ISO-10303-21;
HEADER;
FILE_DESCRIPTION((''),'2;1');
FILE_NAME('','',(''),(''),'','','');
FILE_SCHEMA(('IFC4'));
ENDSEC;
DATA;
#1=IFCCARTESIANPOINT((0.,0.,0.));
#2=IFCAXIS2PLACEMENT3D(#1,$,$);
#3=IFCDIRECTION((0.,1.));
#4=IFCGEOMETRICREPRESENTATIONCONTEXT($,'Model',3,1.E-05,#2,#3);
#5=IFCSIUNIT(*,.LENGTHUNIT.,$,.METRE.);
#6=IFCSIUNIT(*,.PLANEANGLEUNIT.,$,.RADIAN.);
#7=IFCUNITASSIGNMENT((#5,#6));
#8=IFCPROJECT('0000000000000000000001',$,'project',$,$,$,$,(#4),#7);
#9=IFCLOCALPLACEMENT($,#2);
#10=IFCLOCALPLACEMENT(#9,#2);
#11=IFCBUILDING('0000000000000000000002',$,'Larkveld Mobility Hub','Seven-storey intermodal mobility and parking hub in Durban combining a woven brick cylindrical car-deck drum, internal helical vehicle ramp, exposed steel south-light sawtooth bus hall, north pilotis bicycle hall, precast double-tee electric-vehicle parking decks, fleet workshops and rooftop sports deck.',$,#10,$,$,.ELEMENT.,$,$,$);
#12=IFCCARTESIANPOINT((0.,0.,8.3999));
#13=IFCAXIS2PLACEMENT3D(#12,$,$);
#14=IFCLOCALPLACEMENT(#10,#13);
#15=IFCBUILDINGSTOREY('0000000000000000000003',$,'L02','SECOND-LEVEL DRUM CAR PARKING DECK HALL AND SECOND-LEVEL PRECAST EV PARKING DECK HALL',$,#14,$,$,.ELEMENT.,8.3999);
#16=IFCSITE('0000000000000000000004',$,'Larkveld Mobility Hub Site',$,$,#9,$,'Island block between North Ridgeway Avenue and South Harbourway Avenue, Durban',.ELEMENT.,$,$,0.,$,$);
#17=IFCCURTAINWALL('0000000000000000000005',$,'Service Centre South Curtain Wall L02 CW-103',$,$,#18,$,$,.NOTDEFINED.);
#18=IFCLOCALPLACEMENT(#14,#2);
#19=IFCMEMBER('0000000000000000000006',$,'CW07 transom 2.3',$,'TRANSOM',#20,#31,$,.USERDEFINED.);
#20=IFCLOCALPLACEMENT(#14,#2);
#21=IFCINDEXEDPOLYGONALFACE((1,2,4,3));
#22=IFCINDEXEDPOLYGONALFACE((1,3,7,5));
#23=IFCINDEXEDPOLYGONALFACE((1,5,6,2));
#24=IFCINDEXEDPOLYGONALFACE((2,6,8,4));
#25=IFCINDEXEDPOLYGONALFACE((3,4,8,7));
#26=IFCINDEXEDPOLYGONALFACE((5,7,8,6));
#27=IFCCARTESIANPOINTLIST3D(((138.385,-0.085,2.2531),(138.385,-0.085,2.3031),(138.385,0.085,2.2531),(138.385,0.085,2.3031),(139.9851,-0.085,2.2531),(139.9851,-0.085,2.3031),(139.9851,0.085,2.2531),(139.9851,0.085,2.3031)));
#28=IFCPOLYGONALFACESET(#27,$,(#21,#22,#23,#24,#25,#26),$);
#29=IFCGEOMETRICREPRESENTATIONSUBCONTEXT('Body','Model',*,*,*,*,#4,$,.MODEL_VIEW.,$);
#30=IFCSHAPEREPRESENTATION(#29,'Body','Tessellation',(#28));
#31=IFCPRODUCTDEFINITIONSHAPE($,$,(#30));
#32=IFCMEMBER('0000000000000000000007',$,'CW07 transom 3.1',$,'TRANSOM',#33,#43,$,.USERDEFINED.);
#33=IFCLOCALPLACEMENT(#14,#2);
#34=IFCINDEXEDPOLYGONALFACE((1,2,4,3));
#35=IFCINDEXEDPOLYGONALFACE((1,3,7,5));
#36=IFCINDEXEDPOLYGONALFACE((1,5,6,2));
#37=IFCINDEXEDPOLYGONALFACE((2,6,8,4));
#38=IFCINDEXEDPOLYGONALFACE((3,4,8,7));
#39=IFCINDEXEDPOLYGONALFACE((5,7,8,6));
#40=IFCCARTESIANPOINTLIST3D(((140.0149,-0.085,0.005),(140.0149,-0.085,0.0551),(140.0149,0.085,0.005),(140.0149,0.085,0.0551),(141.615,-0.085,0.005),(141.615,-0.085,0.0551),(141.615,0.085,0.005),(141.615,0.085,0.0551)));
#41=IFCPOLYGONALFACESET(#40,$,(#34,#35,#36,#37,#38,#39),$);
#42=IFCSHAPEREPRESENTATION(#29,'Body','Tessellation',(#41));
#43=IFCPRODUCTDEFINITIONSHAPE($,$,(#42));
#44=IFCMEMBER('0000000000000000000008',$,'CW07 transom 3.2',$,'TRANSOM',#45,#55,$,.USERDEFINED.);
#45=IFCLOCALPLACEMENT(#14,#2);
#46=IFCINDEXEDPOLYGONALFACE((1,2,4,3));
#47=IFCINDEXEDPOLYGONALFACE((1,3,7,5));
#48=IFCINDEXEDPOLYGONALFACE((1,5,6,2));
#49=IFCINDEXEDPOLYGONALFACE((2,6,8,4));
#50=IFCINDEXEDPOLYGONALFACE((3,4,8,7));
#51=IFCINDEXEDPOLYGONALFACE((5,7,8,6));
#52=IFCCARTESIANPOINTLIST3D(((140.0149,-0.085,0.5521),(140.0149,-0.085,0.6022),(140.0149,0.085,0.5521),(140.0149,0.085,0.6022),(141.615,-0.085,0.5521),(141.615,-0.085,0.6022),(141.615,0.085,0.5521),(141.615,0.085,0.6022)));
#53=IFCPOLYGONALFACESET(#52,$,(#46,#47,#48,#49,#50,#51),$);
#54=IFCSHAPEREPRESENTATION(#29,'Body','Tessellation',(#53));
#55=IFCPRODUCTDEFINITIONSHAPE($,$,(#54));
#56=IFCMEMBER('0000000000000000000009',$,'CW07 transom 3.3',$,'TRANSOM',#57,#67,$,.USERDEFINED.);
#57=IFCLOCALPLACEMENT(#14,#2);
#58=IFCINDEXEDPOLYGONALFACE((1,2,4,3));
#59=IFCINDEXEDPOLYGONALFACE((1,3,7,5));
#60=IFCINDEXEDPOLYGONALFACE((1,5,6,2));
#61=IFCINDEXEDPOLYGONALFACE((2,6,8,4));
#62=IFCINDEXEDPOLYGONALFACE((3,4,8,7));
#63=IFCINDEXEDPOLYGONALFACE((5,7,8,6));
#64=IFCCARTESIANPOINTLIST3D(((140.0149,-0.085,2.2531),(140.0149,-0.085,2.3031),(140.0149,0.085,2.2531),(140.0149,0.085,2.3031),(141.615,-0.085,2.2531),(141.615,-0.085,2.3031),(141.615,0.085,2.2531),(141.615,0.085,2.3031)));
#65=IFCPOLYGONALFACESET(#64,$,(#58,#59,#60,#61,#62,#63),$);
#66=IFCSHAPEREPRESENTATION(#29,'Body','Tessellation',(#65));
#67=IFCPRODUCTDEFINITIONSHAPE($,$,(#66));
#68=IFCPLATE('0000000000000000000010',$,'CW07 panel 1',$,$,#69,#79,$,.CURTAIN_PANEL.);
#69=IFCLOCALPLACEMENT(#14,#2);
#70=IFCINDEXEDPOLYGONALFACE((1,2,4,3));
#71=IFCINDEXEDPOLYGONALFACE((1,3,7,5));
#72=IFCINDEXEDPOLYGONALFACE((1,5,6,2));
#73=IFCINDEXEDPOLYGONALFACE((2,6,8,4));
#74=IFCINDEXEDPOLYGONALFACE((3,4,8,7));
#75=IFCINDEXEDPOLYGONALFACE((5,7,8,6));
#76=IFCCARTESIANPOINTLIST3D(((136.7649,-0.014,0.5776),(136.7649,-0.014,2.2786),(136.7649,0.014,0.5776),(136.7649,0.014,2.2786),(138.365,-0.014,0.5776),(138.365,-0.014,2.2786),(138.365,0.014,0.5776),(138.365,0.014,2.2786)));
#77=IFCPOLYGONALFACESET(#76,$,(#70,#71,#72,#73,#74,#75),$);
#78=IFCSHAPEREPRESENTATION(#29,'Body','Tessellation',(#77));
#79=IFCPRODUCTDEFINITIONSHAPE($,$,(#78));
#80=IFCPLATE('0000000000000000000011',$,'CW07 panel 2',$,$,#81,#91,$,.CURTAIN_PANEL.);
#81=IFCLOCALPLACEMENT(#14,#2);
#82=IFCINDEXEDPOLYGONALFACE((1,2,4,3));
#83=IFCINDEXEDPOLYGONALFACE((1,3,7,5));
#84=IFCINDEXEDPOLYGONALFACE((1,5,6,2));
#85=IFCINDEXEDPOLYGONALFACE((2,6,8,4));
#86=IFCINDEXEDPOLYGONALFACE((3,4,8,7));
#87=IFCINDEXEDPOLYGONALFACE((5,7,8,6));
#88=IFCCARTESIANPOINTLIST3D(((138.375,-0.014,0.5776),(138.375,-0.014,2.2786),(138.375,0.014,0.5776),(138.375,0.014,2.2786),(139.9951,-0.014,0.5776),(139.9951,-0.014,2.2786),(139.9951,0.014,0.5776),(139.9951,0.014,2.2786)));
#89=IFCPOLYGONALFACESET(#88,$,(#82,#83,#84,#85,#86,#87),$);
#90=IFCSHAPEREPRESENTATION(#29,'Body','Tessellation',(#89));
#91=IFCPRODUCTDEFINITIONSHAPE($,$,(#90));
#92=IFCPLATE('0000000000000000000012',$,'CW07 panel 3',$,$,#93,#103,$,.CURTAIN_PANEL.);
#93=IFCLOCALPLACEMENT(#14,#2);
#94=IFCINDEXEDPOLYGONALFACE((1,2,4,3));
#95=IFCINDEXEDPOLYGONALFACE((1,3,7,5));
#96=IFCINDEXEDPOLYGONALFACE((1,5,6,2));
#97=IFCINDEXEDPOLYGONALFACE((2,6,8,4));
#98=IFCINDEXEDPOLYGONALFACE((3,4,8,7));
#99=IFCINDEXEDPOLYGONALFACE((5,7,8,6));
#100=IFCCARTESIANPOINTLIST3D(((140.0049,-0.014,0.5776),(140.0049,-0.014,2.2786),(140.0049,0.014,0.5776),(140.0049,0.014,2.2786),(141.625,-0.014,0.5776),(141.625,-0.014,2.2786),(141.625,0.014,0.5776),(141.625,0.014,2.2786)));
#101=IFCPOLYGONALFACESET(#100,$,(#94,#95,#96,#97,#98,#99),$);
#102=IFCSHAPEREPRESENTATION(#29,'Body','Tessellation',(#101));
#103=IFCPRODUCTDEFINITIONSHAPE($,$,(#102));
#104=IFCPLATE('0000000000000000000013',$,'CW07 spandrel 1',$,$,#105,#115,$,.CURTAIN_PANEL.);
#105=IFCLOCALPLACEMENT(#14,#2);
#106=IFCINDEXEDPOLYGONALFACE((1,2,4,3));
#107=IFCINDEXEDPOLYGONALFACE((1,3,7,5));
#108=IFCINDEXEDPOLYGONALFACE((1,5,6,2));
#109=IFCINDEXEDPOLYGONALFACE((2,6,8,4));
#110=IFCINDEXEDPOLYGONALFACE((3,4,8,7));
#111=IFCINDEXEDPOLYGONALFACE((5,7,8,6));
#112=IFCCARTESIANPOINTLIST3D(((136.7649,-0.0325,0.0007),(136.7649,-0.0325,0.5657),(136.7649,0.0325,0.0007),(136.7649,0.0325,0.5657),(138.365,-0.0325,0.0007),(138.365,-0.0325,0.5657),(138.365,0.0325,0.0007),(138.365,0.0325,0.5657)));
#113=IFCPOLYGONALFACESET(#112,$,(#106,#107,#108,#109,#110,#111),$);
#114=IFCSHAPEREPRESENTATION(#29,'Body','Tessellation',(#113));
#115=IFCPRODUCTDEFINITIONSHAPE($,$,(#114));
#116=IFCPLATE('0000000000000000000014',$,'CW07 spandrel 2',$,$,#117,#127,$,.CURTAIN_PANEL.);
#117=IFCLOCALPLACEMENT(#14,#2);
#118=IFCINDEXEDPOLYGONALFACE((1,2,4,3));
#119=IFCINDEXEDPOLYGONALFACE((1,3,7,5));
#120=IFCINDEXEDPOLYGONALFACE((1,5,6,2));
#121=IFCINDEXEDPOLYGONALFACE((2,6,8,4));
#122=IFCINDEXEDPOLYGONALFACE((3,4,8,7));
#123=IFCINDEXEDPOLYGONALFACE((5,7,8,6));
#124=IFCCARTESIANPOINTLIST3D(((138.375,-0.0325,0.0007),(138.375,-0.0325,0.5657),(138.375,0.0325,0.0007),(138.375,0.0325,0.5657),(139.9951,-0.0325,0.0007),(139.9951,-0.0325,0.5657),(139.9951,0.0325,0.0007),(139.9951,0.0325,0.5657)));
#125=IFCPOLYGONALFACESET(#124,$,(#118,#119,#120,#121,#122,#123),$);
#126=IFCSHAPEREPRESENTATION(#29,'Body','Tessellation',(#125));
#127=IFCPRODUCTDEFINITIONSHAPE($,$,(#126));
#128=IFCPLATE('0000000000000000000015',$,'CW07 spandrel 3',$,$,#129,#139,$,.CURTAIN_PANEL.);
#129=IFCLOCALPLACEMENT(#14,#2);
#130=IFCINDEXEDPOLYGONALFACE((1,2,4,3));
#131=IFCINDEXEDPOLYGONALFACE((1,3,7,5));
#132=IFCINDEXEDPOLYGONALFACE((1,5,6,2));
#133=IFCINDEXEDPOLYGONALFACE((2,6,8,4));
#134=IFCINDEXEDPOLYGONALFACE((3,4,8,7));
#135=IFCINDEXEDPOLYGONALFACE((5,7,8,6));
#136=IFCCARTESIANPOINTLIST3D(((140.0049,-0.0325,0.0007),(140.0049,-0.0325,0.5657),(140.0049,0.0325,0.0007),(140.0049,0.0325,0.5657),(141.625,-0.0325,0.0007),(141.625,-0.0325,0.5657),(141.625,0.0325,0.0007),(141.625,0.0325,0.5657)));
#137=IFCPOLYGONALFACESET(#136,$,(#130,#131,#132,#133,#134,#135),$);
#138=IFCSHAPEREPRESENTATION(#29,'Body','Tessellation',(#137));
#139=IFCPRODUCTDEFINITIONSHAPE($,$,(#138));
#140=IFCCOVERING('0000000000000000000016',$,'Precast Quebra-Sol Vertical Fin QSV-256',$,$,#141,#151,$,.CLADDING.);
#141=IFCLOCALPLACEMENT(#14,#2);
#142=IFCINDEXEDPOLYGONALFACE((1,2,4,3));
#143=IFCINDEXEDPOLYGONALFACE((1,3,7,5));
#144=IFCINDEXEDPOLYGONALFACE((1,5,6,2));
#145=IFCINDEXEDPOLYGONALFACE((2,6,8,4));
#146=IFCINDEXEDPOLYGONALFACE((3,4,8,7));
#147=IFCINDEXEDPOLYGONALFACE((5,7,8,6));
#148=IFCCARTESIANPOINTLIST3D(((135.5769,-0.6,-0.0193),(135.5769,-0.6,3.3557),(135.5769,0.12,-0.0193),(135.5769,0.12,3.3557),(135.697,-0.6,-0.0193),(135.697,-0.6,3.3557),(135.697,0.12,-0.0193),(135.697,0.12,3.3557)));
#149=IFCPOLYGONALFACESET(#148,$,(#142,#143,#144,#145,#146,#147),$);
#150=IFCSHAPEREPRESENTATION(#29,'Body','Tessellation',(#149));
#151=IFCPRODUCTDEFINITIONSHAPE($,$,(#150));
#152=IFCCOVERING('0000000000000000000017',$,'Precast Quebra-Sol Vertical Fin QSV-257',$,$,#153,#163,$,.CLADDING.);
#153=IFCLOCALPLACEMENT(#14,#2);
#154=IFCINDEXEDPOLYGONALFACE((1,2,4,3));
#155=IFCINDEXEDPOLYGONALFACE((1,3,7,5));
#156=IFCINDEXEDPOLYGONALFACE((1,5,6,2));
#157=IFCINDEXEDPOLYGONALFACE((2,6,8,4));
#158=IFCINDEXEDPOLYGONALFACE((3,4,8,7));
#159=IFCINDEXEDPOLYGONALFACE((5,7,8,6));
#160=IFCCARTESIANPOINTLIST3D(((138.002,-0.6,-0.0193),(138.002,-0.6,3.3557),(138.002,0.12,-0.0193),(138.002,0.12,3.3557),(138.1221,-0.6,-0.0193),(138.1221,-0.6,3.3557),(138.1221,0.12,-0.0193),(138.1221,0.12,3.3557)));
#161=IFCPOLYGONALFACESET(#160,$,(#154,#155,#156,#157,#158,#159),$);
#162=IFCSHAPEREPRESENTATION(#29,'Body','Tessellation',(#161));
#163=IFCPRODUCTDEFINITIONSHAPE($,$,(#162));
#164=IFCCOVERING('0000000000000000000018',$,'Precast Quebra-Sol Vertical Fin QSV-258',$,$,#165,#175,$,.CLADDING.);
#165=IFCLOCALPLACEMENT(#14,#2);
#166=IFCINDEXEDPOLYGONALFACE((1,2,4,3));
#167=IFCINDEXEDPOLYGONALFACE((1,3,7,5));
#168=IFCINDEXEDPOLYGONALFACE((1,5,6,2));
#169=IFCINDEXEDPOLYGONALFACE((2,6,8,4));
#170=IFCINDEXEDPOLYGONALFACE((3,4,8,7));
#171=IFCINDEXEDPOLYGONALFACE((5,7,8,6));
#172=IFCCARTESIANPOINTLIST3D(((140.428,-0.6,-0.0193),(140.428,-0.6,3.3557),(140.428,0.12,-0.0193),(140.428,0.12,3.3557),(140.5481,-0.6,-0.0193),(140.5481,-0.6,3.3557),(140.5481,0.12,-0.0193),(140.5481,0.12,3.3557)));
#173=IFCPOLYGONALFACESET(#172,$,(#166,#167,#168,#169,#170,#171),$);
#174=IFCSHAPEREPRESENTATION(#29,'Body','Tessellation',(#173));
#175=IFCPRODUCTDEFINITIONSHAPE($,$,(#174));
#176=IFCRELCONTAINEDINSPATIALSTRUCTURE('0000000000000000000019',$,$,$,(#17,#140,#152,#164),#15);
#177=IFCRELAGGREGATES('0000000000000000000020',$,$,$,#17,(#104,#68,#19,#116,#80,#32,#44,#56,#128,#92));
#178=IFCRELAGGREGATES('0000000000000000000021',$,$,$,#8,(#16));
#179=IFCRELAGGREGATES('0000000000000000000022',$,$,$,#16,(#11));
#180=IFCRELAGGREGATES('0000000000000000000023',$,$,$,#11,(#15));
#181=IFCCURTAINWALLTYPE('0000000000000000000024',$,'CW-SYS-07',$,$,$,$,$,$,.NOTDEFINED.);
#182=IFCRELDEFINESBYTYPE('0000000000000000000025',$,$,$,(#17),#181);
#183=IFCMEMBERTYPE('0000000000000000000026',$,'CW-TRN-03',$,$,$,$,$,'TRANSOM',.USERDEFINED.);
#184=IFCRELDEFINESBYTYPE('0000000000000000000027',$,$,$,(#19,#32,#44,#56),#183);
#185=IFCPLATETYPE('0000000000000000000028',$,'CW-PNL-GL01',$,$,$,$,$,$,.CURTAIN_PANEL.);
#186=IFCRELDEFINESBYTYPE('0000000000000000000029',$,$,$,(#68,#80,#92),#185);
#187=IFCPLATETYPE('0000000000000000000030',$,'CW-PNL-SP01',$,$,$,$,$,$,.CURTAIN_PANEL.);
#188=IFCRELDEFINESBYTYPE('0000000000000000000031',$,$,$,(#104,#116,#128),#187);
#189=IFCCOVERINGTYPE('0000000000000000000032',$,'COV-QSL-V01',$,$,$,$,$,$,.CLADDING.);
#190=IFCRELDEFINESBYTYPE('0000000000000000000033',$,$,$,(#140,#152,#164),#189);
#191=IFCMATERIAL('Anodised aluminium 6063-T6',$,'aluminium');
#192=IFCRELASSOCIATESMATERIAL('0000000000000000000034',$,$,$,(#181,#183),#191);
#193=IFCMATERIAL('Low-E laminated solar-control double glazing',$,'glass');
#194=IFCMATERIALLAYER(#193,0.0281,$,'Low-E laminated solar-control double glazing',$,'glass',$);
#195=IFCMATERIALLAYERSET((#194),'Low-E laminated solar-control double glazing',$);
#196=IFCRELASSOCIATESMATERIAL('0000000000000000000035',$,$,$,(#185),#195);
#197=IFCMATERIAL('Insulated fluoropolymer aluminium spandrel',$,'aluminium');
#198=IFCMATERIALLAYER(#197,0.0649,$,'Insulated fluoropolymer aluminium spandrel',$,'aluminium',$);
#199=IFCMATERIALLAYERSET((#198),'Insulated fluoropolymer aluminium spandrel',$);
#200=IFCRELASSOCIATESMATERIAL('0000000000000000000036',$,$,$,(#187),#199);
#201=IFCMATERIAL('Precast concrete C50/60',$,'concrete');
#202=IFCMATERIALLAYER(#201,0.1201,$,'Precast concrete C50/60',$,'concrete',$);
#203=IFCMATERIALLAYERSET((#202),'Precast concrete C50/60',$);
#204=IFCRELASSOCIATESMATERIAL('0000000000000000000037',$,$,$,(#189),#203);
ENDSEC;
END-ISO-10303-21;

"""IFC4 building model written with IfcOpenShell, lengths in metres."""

from ifc_helpers import new_model, si_unit, direction, frame, origin, origin_2d, place, context, subcontext, project, spatial, rectangle, extrude, material, layer, layer_set, material_profile, profile_set, type_object, element, aggregate, save


model = new_model("IFC4")

# Units and contexts
model_context = context("Model", 3, precision=1e-05, world=origin(), true_north=direction((0.0, 1.0)))
body_context = subcontext(model_context, "Body", "Model", "MODEL_VIEW")
ifc_project = project(units=[si_unit("LENGTHUNIT", "METRE"), si_unit("PLANEANGLEUNIT", "RADIAN")], contexts=[model_context])

# Site, building, storey
site_placement = place(None, origin())
site = spatial("IfcSite", under=ifc_project, at=site_placement, Name="Larkveld Mobility Hub Site", LongName="Island block between North Ridgeway Avenue and South Harbourway Avenue, Durban", CompositionType="ELEMENT", RefElevation=0.0)
building_placement = place(site_placement, origin())
building = spatial("IfcBuilding", under=site, at=building_placement, Name="Larkveld Mobility Hub", Description="Seven-storey intermodal mobility and parking hub in Durban combining a woven brick cylindrical car-deck drum, internal helical vehicle ramp, exposed steel south-light sawtooth bus hall, north pilotis bicycle hall, precast double-tee electric-vehicle parking decks, fleet workshops and rooftop sports deck.", CompositionType="ELEMENT")
storey_placement = place(building_placement, frame((0.0, 0.0, 8.3999)))
storey = spatial("IfcBuildingStorey", under=building, at=storey_placement, Name="L02", Description="SECOND-LEVEL DRUM CAR PARKING DECK HALL AND SECOND-LEVEL PRECAST EV PARKING DECK HALL", CompositionType="ELEMENT", Elevation=8.3999)

# Shared definitions
ifc_material_1 = material(Name="Precast concrete C50/60", Category="concrete")

# Curtain wall, members, plates
ifc_material_2 = material(Name="Anodised aluminium 6063-T6", Category="aluminium")
curtain_wall_type = type_object("IfcCurtainWallType", Name="CW-SYS-07", PredefinedType="NOTDEFINED", material=ifc_material_2)
curtain_wall_placement = place(storey_placement, origin())
curtain_wall = element("IfcCurtainWall", 1, at=curtain_wall_placement, inside=storey, type_object=curtain_wall_type, Name="Service Centre South Curtain Wall L02 CW-103", PredefinedType="NOTDEFINED")
ifc_material_profile_1 = material_profile(ifc_material_2, rectangle(XDim=0.1699, YDim=0.05, at=origin_2d()), Name="ALU TRAN 50x170")
ifc_profile_set_1 = profile_set([ifc_material_profile_1], Name="Anodised aluminium 6063-T6")
member_type_1 = type_object("IfcMemberType", Name="CW-TRN-03", ElementType="TRANSOM", PredefinedType="USERDEFINED", material=ifc_profile_set_1)
member_1_placement = place(storey_placement, frame((138.385, 0.0, 2.2781), z_axis=(1.0, 0.0, 0.0), x_axis=(0.0, 1.0, 0.0)))
member_1 = element("IfcMember", 2, at=member_1_placement, type_object=member_type_1, Name="CW07 transom 2.3", ObjectType="TRANSOM", PredefinedType="USERDEFINED", context=body_context, shape_type="SweptSolid", body=[
    extrude(rectangle(XDim=0.1699, YDim=0.05, at=origin_2d()), origin(), (0.0, 0.0, 1.0), 1.6001),
])
member_2_placement = place(storey_placement, frame((140.0149, 0.0, 0.03), z_axis=(1.0, 0.0, 0.0), x_axis=(0.0, 1.0, 0.0)))
member_2 = element("IfcMember", 3, at=member_2_placement, type_object=member_type_1, Name="CW07 transom 3.1", ObjectType="TRANSOM", PredefinedType="USERDEFINED", context=body_context, shape_type="SweptSolid", body=[
    extrude(rectangle(XDim=0.1699, YDim=0.05, at=origin_2d()), origin(), (0.0, 0.0, 1.0), 1.6001),
])
member_3_placement = place(storey_placement, frame((140.0149, 0.0, 0.5771), z_axis=(1.0, 0.0, 0.0), x_axis=(0.0, 1.0, 0.0)))
member_3 = element("IfcMember", 4, at=member_3_placement, type_object=member_type_1, Name="CW07 transom 3.2", ObjectType="TRANSOM", PredefinedType="USERDEFINED", context=body_context, shape_type="SweptSolid", body=[
    extrude(rectangle(XDim=0.1699, YDim=0.05, at=origin_2d()), origin(), (0.0, 0.0, 1.0), 1.6001),
])
member_4_placement = place(storey_placement, frame((140.0149, 0.0, 2.2781), z_axis=(1.0, 0.0, 0.0), x_axis=(0.0, 1.0, 0.0)))
member_4 = element("IfcMember", 5, at=member_4_placement, type_object=member_type_1, Name="CW07 transom 3.3", ObjectType="TRANSOM", PredefinedType="USERDEFINED", context=body_context, shape_type="SweptSolid", body=[
    extrude(rectangle(XDim=0.1699, YDim=0.05, at=origin_2d()), origin(), (0.0, 0.0, 1.0), 1.6001),
])
ifc_material_3 = material(Name="Low-E laminated solar-control double glazing", Category="glass")
ifc_layer_1 = layer(ifc_material_3, 0.0281, Name="Low-E laminated solar-control double glazing", Category="glass")
ifc_layer_set_1 = layer_set([ifc_layer_1], Name="Low-E laminated solar-control double glazing")
plate_type_1 = type_object("IfcPlateType", Name="CW-PNL-GL01", PredefinedType="CURTAIN_PANEL", material=ifc_layer_set_1)
plate_1_placement = place(storey_placement, frame((137.5649, 0.0, 0.5776), z_axis=(0.0, 0.0, 1.0), x_axis=(1.0, 0.0, 0.0)))
plate_1 = element("IfcPlate", 6, at=plate_1_placement, type_object=plate_type_1, Name="CW07 panel 1", PredefinedType="CURTAIN_PANEL", context=body_context, shape_type="SweptSolid", body=[
    extrude(rectangle(XDim=1.6001, YDim=0.0281, at=origin_2d()), origin(), (0.0, 0.0, 1.0), 1.7009),
])
plate_2_placement = place(storey_placement, frame((139.1851, 0.0, 0.5776), z_axis=(0.0, 0.0, 1.0), x_axis=(1.0, 0.0, 0.0)))
plate_2 = element("IfcPlate", 7, at=plate_2_placement, type_object=plate_type_1, Name="CW07 panel 2", PredefinedType="CURTAIN_PANEL", context=body_context, shape_type="SweptSolid", body=[
    extrude(rectangle(XDim=1.6201, YDim=0.0281, at=origin_2d()), origin(), (0.0, 0.0, 1.0), 1.7009),
])
plate_3_placement = place(storey_placement, frame((140.8149, 0.0, 0.5776), z_axis=(0.0, 0.0, 1.0), x_axis=(1.0, 0.0, 0.0)))
plate_3 = element("IfcPlate", 8, at=plate_3_placement, type_object=plate_type_1, Name="CW07 panel 3", PredefinedType="CURTAIN_PANEL", context=body_context, shape_type="SweptSolid", body=[
    extrude(rectangle(XDim=1.6201, YDim=0.0281, at=origin_2d()), origin(), (0.0, 0.0, 1.0), 1.7009),
])
ifc_material_4 = material(Name="Insulated fluoropolymer aluminium spandrel", Category="aluminium")
ifc_layer_2 = layer(ifc_material_4, 0.0649, Name="Insulated fluoropolymer aluminium spandrel", Category="aluminium")
ifc_layer_set_2 = layer_set([ifc_layer_2], Name="Insulated fluoropolymer aluminium spandrel")
plate_type_2 = type_object("IfcPlateType", Name="CW-PNL-SP01", PredefinedType="CURTAIN_PANEL", material=ifc_layer_set_2)
plate_4_placement = place(storey_placement, frame((137.5649, 0.0, 0.0007), z_axis=(0.0, 0.0, 1.0), x_axis=(1.0, 0.0, 0.0)))
plate_4 = element("IfcPlate", 9, at=plate_4_placement, type_object=plate_type_2, Name="CW07 spandrel 1", PredefinedType="CURTAIN_PANEL", context=body_context, shape_type="SweptSolid", body=[
    extrude(rectangle(XDim=1.6001, YDim=0.0649, at=origin_2d()), origin(), (0.0, 0.0, 1.0), 0.5649),
])
plate_5_placement = place(storey_placement, frame((139.1851, 0.0, 0.0007), z_axis=(0.0, 0.0, 1.0), x_axis=(1.0, 0.0, 0.0)))
plate_5 = element("IfcPlate", 10, at=plate_5_placement, type_object=plate_type_2, Name="CW07 spandrel 2", PredefinedType="CURTAIN_PANEL", context=body_context, shape_type="SweptSolid", body=[
    extrude(rectangle(XDim=1.6201, YDim=0.0649, at=origin_2d()), origin(), (0.0, 0.0, 1.0), 0.5649),
])
plate_6_placement = place(storey_placement, frame((140.8149, 0.0, 0.0007), z_axis=(0.0, 0.0, 1.0), x_axis=(1.0, 0.0, 0.0)))
plate_6 = element("IfcPlate", 11, at=plate_6_placement, type_object=plate_type_2, Name="CW07 spandrel 3", PredefinedType="CURTAIN_PANEL", context=body_context, shape_type="SweptSolid", body=[
    extrude(rectangle(XDim=1.6201, YDim=0.0649, at=origin_2d()), origin(), (0.0, 0.0, 1.0), 0.5649),
])
aggregate(curtain_wall, [plate_4, plate_1, member_1, plate_5, plate_2, member_2, member_3, member_4, plate_6, plate_3])

# Coverings
ifc_layer_3 = layer(ifc_material_1, 0.1201, Name="Precast concrete C50/60", Category="concrete")
ifc_layer_set_3 = layer_set([ifc_layer_3], Name="Precast concrete C50/60")
covering_type = type_object("IfcCoveringType", Name="COV-QSL-V01", PredefinedType="CLADDING", material=ifc_layer_set_3)
for number, where, z_axis, x_axis, name in (
    (12, (135.637, -0.24, -0.0193), (0.0, 0.0, 1.0), (1.0, 0.0, 0.0), "Precast Quebra-Sol Vertical Fin QSV-256"),
    (13, (138.062, -0.24, -0.0193), (0.0, 0.0, 1.0), (1.0, 0.0, 0.0), "Precast Quebra-Sol Vertical Fin QSV-257"),
    (14, (140.488, -0.24, -0.0193), (0.0, 0.0, 1.0), (1.0, 0.0, 0.0), "Precast Quebra-Sol Vertical Fin QSV-258"),
):
    element("IfcCovering", number, at=place(storey_placement, frame(where, z_axis=z_axis, x_axis=x_axis)), inside=storey, type_object=covering_type, Name=name, PredefinedType="CLADDING", context=body_context, shape_type="SweptSolid", body=[
        extrude(rectangle(XDim=0.1201, YDim=0.72, at=origin_2d()), origin(), (0.0, 0.0, 1.0), 3.375),
    ])

save(model, "model.ifc")
